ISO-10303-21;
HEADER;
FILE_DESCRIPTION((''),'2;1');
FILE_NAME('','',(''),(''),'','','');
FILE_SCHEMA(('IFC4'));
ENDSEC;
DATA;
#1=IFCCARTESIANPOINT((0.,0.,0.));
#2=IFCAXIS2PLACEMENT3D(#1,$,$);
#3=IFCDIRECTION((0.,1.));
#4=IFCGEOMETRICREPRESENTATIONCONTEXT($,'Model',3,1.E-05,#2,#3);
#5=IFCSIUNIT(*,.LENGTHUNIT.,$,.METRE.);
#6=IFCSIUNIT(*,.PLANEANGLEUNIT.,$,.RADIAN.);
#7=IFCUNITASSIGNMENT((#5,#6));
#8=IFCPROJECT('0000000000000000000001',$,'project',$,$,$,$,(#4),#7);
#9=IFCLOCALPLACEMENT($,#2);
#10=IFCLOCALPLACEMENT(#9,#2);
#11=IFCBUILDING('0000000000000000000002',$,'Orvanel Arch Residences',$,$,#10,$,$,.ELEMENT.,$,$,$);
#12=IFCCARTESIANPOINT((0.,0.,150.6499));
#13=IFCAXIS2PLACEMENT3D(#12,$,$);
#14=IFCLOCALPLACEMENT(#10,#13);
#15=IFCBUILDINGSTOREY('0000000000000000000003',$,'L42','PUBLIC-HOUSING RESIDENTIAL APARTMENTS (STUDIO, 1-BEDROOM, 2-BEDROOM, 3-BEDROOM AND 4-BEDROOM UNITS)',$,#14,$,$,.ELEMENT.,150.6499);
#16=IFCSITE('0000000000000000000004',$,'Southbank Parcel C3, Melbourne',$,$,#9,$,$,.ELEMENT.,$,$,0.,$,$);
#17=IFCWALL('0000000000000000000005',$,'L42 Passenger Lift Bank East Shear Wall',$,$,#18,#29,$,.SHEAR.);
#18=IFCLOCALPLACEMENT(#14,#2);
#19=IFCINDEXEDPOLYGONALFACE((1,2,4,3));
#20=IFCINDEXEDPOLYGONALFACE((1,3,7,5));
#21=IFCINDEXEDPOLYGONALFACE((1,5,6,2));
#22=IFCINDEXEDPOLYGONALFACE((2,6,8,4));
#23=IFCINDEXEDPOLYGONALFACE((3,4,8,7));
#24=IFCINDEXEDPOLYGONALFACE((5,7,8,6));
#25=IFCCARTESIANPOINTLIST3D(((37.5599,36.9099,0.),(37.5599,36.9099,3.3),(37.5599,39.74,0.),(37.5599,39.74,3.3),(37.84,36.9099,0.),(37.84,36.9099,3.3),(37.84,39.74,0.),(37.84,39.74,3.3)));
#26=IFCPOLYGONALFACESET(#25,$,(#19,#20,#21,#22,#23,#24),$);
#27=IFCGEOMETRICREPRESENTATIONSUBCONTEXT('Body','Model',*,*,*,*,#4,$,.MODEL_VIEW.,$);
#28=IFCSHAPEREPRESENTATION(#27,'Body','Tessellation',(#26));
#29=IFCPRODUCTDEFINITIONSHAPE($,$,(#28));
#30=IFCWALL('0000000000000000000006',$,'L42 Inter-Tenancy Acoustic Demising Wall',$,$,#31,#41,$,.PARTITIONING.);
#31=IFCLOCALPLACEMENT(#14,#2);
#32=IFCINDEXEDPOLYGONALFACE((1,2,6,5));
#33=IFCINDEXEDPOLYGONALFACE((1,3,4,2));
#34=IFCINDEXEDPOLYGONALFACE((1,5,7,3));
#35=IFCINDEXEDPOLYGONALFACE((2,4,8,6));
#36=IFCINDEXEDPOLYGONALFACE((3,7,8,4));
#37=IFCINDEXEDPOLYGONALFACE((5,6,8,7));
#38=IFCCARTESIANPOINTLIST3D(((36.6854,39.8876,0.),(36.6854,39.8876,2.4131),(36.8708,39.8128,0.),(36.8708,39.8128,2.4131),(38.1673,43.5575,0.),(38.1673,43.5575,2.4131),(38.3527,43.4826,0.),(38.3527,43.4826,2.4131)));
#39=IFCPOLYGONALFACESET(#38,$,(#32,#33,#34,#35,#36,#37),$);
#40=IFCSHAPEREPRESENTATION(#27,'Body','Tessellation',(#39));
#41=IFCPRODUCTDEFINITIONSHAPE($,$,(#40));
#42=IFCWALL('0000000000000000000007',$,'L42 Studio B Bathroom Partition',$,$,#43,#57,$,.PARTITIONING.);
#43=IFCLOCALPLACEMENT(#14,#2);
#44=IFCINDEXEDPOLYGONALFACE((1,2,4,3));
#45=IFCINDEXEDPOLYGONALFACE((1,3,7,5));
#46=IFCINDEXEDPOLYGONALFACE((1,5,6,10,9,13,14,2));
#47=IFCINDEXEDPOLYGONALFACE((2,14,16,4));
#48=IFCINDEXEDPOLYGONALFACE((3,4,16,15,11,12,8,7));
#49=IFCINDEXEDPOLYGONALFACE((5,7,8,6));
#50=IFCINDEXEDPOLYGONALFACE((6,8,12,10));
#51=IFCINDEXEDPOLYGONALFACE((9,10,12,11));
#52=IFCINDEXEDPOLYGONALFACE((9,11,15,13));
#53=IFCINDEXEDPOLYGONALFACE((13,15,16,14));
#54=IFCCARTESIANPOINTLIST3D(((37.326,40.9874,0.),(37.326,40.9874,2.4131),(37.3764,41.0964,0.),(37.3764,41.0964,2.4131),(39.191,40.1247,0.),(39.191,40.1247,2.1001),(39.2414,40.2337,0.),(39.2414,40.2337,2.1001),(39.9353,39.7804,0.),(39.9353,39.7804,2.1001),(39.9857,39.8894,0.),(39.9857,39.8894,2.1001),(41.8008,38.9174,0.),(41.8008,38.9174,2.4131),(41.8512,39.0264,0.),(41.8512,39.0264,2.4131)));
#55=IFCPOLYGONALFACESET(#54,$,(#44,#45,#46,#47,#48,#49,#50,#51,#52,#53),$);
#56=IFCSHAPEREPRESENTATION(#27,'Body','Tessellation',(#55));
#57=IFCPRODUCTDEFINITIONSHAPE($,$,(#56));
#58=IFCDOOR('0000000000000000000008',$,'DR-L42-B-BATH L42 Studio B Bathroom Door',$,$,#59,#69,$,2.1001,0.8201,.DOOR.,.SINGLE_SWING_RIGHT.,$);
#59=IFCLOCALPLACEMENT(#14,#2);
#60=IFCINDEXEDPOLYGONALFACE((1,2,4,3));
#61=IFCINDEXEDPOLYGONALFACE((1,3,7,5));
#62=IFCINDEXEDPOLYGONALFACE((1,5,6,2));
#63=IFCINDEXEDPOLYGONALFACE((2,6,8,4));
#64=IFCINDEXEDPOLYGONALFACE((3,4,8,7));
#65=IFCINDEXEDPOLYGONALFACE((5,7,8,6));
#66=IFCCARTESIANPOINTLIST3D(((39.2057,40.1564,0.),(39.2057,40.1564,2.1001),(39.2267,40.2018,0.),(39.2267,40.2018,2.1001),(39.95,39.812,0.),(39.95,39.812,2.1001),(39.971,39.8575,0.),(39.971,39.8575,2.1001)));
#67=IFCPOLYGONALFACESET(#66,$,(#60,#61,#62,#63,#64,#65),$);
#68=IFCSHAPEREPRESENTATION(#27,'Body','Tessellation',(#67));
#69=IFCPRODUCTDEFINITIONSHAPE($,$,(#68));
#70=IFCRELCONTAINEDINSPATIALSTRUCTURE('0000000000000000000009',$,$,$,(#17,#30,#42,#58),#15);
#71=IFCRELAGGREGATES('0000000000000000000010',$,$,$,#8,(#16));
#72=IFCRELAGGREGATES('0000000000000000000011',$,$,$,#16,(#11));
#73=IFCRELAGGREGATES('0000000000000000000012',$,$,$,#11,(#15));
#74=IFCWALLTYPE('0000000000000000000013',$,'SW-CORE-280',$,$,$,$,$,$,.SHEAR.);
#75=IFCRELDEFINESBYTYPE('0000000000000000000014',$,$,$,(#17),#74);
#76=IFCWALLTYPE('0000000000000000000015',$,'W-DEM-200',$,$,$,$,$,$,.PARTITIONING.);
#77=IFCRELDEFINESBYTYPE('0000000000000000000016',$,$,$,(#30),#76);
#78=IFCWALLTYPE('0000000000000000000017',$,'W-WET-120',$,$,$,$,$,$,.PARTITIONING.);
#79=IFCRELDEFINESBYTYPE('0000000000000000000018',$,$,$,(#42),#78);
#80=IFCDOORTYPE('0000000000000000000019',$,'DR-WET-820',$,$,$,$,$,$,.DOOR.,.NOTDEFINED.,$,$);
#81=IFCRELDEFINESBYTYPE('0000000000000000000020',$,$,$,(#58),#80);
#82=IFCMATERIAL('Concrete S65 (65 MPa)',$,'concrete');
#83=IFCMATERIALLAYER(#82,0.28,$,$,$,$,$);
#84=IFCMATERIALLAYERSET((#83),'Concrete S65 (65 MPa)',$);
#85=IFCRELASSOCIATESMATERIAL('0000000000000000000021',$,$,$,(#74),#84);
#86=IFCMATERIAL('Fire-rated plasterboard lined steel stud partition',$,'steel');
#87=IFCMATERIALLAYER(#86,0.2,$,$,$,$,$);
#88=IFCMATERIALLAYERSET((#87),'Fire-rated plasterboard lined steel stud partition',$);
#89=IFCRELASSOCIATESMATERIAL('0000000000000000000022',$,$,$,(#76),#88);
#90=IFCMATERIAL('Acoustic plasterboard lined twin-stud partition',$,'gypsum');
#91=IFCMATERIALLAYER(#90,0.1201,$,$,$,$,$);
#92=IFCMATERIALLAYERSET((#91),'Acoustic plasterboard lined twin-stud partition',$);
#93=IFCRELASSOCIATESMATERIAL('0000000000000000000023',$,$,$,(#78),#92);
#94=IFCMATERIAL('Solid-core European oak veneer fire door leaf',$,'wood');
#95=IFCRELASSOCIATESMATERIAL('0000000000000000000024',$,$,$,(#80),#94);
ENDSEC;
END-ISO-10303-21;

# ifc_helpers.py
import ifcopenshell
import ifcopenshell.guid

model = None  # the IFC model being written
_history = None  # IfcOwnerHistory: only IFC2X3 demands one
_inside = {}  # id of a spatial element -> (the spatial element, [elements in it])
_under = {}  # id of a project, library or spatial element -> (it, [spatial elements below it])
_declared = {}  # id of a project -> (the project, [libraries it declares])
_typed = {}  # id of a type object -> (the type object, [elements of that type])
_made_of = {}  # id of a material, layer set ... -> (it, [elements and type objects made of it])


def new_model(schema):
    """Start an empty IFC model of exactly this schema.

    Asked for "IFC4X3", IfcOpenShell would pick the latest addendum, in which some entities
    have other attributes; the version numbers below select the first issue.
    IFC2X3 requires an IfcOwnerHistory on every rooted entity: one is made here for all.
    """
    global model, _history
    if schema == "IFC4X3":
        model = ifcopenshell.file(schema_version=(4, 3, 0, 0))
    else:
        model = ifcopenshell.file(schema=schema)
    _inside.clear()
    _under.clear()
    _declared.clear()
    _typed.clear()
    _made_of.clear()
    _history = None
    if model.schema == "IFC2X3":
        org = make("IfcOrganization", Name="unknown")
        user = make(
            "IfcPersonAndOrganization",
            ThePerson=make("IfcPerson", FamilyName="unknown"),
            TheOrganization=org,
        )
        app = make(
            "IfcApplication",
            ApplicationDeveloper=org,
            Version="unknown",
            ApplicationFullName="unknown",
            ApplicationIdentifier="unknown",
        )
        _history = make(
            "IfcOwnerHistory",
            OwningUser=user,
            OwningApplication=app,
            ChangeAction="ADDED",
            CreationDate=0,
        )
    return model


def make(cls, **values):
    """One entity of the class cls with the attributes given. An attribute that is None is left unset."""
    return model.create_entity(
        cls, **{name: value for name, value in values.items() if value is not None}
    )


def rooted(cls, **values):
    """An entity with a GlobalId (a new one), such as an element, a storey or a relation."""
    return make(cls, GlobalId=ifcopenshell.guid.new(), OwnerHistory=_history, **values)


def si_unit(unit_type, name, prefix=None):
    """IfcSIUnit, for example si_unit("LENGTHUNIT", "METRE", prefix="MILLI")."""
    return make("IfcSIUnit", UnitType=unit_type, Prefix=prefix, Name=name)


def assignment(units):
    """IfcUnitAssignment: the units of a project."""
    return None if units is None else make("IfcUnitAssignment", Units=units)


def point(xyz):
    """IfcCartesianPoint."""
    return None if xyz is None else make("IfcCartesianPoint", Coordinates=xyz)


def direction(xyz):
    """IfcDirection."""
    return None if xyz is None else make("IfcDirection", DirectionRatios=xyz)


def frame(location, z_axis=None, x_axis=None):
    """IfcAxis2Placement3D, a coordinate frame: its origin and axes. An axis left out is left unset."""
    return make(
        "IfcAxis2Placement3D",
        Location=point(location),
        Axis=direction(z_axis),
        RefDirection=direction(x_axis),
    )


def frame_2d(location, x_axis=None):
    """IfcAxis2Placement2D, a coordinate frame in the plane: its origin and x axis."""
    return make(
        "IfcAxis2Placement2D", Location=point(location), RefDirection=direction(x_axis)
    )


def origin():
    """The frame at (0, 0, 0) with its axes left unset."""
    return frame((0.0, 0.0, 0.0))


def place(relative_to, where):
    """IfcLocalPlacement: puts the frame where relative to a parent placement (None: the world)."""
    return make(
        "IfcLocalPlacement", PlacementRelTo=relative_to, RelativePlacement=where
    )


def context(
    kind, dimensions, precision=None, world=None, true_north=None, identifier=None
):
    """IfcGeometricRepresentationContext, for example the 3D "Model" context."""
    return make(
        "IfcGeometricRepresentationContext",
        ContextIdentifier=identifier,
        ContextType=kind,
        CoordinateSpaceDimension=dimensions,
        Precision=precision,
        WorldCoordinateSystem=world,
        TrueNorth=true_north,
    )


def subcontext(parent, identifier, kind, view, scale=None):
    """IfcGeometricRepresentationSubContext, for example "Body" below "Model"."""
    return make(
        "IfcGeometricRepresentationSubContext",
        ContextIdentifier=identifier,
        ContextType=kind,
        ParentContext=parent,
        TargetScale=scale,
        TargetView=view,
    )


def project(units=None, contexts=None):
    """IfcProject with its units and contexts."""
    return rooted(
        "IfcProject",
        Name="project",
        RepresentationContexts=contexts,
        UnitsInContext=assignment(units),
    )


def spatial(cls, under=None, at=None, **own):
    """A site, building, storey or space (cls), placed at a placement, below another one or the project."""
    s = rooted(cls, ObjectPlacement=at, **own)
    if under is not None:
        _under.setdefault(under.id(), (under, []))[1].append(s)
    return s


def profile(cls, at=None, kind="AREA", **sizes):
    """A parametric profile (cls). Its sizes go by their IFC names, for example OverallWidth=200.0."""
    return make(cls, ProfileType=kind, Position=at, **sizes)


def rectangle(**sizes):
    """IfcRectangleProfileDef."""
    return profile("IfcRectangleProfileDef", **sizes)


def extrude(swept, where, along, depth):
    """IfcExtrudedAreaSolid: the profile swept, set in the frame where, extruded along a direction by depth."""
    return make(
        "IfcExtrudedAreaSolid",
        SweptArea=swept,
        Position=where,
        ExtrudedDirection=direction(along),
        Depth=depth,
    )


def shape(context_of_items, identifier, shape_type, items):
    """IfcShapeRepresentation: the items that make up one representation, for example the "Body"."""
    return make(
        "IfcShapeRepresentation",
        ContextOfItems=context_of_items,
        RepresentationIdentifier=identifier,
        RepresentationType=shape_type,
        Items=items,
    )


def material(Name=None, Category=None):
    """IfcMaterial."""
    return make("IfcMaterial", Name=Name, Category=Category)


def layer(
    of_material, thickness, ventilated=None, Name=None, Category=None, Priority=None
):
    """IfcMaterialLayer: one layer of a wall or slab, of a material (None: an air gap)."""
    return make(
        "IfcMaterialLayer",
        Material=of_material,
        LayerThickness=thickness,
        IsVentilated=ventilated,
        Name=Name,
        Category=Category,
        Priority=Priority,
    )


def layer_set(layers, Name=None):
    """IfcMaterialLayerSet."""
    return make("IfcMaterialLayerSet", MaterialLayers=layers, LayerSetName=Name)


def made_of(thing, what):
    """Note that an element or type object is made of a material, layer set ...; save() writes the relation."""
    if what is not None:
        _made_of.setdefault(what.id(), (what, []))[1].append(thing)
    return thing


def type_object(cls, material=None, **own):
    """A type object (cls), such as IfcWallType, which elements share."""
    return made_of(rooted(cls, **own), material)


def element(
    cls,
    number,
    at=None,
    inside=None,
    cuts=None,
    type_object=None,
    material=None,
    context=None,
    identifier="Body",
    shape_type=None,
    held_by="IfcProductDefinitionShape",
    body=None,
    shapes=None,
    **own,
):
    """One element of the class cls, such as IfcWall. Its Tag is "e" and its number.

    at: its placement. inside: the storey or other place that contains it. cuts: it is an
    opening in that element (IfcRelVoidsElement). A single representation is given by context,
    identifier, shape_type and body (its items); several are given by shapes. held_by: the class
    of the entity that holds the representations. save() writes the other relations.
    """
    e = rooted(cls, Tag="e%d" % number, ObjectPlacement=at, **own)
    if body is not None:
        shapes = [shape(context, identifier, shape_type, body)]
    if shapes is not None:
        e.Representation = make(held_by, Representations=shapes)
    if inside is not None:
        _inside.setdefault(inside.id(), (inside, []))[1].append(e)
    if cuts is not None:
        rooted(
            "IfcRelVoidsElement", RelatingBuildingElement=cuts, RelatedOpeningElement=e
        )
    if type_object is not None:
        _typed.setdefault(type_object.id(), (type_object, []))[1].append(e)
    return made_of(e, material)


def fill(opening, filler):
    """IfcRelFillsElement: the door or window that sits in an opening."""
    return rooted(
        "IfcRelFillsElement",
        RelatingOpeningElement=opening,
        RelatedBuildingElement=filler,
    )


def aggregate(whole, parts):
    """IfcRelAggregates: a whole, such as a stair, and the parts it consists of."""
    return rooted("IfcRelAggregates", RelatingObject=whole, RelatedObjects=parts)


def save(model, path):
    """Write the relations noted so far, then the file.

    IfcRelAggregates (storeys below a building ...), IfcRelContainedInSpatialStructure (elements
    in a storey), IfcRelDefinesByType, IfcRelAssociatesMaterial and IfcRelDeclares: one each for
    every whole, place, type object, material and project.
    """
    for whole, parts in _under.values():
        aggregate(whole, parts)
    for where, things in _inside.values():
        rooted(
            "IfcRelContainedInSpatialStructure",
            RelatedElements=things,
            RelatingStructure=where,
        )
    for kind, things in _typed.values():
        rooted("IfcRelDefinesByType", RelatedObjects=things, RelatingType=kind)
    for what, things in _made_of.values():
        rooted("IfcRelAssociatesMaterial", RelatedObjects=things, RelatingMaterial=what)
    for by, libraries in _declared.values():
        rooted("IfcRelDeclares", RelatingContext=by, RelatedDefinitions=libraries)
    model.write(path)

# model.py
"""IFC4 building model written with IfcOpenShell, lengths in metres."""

from ifc_helpers import new_model, si_unit, direction, frame, frame_2d, origin, place, context, subcontext, project, spatial, rectangle, extrude, material, layer, layer_set, type_object, element, fill, save


model = new_model("IFC4")

# Units and contexts
model_context = context("Model", 3, precision=1e-05, world=origin(), true_north=direction((0.0, 1.0)))
body_context = subcontext(model_context, "Body", "Model", "MODEL_VIEW")
ifc_project = project(units=[si_unit("LENGTHUNIT", "METRE"), si_unit("PLANEANGLEUNIT", "RADIAN")], contexts=[model_context])

# Site, building, storey
site_placement = place(None, origin())
site = spatial("IfcSite", under=ifc_project, at=site_placement, Name="Southbank Parcel C3, Melbourne", CompositionType="ELEMENT", RefElevation=0.0)
building_placement = place(site_placement, origin())
building = spatial("IfcBuilding", under=site, at=building_placement, Name="Orvanel Arch Residences", CompositionType="ELEMENT")
storey_placement = place(building_placement, frame((0.0, 0.0, 150.6499)))
storey = spatial("IfcBuildingStorey", under=building, at=storey_placement, Name="L42", Description="PUBLIC-HOUSING RESIDENTIAL APARTMENTS (STUDIO, 1-BEDROOM, 2-BEDROOM, 3-BEDROOM AND 4-BEDROOM UNITS)", CompositionType="ELEMENT", Elevation=150.6499)

# Shared definitions
ifc_material_1 = material(Name="Concrete S65 (65 MPa)", Category="concrete")
ifc_layer_1 = layer(ifc_material_1, 0.28)
ifc_layer_set_1 = layer_set([ifc_layer_1], Name="Concrete S65 (65 MPa)")
wall_type_1 = type_object("IfcWallType", Name="SW-CORE-280", PredefinedType="SHEAR", material=ifc_layer_set_1)

# Walls
wall_1_placement = place(storey_placement, frame((37.7, 36.9099, 0.0), z_axis=(0.0, 0.0, 1.0), x_axis=(0.0, 1.0, 0.0)))
element("IfcWall", 1, at=wall_1_placement, inside=storey, type_object=wall_type_1, Name="L42 Passenger Lift Bank East Shear Wall", PredefinedType="SHEAR", context=body_context, shape_type="SweptSolid", body=[
    extrude(rectangle(XDim=2.8301, YDim=0.28, at=frame_2d((1.415, 0.0))), origin(), (0.0, 0.0, 1.0), 3.3),
])
ifc_material_2 = material(Name="Fire-rated plasterboard lined steel stud partition", Category="steel")
ifc_layer_2 = layer(ifc_material_2, 0.2)
ifc_layer_set_2 = layer_set([ifc_layer_2], Name="Fire-rated plasterboard lined steel stud partition")
wall_type_2 = type_object("IfcWallType", Name="W-DEM-200", PredefinedType="PARTITIONING", material=ifc_layer_set_2)
wall_2_placement = place(storey_placement, frame((36.7781, 39.8501, 0.0), z_axis=(0.0, 0.0, 1.0), x_axis=(0.37443, 0.927255, 0.0)))
element("IfcWall", 2, at=wall_2_placement, inside=storey, type_object=wall_type_2, Name="L42 Inter-Tenancy Acoustic Demising Wall", PredefinedType="PARTITIONING", context=body_context, shape_type="SweptSolid", body=[
    extrude(rectangle(XDim=3.9578, YDim=0.2, at=frame_2d((1.979, 0.0))), origin(), (0.0, 0.0, 1.0), 2.4131),
])

# Wall, opening, door
ifc_material_3 = material(Name="Acoustic plasterboard lined twin-stud partition", Category="gypsum")
ifc_layer_3 = layer(ifc_material_3, 0.1201)
ifc_layer_set_3 = layer_set([ifc_layer_3], Name="Acoustic plasterboard lined twin-stud partition")
wall_type_3 = type_object("IfcWallType", Name="W-WET-120", PredefinedType="PARTITIONING", material=ifc_layer_set_3)
wall_3_placement = place(storey_placement, frame((37.3511, 41.042, 0.0), z_axis=(0.0, 0.0, 1.0), x_axis=(0.907592, -0.419852, 0.0)))
wall_3 = element("IfcWall", 3, at=wall_3_placement, inside=storey, type_object=wall_type_3, Name="L42 Studio B Bathroom Partition", PredefinedType="PARTITIONING", context=body_context, shape_type="SweptSolid", body=[
    extrude(rectangle(XDim=4.9304, YDim=0.1201, at=frame_2d((2.4653, 0.0))), origin(), (0.0, 0.0, 1.0), 2.4131),
])
opening_1_placement = place(wall_3_placement, frame((2.0549, 0.0, 0.0)))
opening_1 = element("IfcOpeningElement", 4, at=opening_1_placement, cuts=wall_3, PredefinedType="OPENING", context=body_context, shape_type="SweptSolid", body=[
    extrude(rectangle(XDim=0.8201, YDim=2.1001, at=frame_2d((0.4102, 1.05))), frame((0.0, 0.0701, 0.0), z_axis=(0.0, -1.0, 0.0), x_axis=(1.0, 0.0, 0.0)), (0.0, 0.0, 1.0), 0.1401),
])
ifc_material_4 = material(Name="Solid-core European oak veneer fire door leaf", Category="wood")
door_type_1 = type_object("IfcDoorType", Name="DR-WET-820", OperationType="NOTDEFINED", PredefinedType="DOOR", material=ifc_material_4)
door_1_placement = place(opening_1_placement, origin())
door_1 = element("IfcDoor", 5, at=door_1_placement, inside=storey, type_object=door_type_1, Name="DR-L42-B-BATH L42 Studio B Bathroom Door", OperationType="SINGLE_SWING_RIGHT", OverallHeight=2.1001, OverallWidth=0.8201, PredefinedType="DOOR", context=body_context, shape_type="SweptSolid", body=[
    extrude(rectangle(XDim=0.8201, YDim=2.1001, at=frame_2d((0.4102, 1.05))), frame((0.0, 0.0249, 0.0), z_axis=(0.0, -1.0, 0.0), x_axis=(1.0, 0.0, 0.0)), (0.0, 0.0, 1.0), 0.05),
])
fill(opening_1, door_1)

save(model, "model.ifc")
